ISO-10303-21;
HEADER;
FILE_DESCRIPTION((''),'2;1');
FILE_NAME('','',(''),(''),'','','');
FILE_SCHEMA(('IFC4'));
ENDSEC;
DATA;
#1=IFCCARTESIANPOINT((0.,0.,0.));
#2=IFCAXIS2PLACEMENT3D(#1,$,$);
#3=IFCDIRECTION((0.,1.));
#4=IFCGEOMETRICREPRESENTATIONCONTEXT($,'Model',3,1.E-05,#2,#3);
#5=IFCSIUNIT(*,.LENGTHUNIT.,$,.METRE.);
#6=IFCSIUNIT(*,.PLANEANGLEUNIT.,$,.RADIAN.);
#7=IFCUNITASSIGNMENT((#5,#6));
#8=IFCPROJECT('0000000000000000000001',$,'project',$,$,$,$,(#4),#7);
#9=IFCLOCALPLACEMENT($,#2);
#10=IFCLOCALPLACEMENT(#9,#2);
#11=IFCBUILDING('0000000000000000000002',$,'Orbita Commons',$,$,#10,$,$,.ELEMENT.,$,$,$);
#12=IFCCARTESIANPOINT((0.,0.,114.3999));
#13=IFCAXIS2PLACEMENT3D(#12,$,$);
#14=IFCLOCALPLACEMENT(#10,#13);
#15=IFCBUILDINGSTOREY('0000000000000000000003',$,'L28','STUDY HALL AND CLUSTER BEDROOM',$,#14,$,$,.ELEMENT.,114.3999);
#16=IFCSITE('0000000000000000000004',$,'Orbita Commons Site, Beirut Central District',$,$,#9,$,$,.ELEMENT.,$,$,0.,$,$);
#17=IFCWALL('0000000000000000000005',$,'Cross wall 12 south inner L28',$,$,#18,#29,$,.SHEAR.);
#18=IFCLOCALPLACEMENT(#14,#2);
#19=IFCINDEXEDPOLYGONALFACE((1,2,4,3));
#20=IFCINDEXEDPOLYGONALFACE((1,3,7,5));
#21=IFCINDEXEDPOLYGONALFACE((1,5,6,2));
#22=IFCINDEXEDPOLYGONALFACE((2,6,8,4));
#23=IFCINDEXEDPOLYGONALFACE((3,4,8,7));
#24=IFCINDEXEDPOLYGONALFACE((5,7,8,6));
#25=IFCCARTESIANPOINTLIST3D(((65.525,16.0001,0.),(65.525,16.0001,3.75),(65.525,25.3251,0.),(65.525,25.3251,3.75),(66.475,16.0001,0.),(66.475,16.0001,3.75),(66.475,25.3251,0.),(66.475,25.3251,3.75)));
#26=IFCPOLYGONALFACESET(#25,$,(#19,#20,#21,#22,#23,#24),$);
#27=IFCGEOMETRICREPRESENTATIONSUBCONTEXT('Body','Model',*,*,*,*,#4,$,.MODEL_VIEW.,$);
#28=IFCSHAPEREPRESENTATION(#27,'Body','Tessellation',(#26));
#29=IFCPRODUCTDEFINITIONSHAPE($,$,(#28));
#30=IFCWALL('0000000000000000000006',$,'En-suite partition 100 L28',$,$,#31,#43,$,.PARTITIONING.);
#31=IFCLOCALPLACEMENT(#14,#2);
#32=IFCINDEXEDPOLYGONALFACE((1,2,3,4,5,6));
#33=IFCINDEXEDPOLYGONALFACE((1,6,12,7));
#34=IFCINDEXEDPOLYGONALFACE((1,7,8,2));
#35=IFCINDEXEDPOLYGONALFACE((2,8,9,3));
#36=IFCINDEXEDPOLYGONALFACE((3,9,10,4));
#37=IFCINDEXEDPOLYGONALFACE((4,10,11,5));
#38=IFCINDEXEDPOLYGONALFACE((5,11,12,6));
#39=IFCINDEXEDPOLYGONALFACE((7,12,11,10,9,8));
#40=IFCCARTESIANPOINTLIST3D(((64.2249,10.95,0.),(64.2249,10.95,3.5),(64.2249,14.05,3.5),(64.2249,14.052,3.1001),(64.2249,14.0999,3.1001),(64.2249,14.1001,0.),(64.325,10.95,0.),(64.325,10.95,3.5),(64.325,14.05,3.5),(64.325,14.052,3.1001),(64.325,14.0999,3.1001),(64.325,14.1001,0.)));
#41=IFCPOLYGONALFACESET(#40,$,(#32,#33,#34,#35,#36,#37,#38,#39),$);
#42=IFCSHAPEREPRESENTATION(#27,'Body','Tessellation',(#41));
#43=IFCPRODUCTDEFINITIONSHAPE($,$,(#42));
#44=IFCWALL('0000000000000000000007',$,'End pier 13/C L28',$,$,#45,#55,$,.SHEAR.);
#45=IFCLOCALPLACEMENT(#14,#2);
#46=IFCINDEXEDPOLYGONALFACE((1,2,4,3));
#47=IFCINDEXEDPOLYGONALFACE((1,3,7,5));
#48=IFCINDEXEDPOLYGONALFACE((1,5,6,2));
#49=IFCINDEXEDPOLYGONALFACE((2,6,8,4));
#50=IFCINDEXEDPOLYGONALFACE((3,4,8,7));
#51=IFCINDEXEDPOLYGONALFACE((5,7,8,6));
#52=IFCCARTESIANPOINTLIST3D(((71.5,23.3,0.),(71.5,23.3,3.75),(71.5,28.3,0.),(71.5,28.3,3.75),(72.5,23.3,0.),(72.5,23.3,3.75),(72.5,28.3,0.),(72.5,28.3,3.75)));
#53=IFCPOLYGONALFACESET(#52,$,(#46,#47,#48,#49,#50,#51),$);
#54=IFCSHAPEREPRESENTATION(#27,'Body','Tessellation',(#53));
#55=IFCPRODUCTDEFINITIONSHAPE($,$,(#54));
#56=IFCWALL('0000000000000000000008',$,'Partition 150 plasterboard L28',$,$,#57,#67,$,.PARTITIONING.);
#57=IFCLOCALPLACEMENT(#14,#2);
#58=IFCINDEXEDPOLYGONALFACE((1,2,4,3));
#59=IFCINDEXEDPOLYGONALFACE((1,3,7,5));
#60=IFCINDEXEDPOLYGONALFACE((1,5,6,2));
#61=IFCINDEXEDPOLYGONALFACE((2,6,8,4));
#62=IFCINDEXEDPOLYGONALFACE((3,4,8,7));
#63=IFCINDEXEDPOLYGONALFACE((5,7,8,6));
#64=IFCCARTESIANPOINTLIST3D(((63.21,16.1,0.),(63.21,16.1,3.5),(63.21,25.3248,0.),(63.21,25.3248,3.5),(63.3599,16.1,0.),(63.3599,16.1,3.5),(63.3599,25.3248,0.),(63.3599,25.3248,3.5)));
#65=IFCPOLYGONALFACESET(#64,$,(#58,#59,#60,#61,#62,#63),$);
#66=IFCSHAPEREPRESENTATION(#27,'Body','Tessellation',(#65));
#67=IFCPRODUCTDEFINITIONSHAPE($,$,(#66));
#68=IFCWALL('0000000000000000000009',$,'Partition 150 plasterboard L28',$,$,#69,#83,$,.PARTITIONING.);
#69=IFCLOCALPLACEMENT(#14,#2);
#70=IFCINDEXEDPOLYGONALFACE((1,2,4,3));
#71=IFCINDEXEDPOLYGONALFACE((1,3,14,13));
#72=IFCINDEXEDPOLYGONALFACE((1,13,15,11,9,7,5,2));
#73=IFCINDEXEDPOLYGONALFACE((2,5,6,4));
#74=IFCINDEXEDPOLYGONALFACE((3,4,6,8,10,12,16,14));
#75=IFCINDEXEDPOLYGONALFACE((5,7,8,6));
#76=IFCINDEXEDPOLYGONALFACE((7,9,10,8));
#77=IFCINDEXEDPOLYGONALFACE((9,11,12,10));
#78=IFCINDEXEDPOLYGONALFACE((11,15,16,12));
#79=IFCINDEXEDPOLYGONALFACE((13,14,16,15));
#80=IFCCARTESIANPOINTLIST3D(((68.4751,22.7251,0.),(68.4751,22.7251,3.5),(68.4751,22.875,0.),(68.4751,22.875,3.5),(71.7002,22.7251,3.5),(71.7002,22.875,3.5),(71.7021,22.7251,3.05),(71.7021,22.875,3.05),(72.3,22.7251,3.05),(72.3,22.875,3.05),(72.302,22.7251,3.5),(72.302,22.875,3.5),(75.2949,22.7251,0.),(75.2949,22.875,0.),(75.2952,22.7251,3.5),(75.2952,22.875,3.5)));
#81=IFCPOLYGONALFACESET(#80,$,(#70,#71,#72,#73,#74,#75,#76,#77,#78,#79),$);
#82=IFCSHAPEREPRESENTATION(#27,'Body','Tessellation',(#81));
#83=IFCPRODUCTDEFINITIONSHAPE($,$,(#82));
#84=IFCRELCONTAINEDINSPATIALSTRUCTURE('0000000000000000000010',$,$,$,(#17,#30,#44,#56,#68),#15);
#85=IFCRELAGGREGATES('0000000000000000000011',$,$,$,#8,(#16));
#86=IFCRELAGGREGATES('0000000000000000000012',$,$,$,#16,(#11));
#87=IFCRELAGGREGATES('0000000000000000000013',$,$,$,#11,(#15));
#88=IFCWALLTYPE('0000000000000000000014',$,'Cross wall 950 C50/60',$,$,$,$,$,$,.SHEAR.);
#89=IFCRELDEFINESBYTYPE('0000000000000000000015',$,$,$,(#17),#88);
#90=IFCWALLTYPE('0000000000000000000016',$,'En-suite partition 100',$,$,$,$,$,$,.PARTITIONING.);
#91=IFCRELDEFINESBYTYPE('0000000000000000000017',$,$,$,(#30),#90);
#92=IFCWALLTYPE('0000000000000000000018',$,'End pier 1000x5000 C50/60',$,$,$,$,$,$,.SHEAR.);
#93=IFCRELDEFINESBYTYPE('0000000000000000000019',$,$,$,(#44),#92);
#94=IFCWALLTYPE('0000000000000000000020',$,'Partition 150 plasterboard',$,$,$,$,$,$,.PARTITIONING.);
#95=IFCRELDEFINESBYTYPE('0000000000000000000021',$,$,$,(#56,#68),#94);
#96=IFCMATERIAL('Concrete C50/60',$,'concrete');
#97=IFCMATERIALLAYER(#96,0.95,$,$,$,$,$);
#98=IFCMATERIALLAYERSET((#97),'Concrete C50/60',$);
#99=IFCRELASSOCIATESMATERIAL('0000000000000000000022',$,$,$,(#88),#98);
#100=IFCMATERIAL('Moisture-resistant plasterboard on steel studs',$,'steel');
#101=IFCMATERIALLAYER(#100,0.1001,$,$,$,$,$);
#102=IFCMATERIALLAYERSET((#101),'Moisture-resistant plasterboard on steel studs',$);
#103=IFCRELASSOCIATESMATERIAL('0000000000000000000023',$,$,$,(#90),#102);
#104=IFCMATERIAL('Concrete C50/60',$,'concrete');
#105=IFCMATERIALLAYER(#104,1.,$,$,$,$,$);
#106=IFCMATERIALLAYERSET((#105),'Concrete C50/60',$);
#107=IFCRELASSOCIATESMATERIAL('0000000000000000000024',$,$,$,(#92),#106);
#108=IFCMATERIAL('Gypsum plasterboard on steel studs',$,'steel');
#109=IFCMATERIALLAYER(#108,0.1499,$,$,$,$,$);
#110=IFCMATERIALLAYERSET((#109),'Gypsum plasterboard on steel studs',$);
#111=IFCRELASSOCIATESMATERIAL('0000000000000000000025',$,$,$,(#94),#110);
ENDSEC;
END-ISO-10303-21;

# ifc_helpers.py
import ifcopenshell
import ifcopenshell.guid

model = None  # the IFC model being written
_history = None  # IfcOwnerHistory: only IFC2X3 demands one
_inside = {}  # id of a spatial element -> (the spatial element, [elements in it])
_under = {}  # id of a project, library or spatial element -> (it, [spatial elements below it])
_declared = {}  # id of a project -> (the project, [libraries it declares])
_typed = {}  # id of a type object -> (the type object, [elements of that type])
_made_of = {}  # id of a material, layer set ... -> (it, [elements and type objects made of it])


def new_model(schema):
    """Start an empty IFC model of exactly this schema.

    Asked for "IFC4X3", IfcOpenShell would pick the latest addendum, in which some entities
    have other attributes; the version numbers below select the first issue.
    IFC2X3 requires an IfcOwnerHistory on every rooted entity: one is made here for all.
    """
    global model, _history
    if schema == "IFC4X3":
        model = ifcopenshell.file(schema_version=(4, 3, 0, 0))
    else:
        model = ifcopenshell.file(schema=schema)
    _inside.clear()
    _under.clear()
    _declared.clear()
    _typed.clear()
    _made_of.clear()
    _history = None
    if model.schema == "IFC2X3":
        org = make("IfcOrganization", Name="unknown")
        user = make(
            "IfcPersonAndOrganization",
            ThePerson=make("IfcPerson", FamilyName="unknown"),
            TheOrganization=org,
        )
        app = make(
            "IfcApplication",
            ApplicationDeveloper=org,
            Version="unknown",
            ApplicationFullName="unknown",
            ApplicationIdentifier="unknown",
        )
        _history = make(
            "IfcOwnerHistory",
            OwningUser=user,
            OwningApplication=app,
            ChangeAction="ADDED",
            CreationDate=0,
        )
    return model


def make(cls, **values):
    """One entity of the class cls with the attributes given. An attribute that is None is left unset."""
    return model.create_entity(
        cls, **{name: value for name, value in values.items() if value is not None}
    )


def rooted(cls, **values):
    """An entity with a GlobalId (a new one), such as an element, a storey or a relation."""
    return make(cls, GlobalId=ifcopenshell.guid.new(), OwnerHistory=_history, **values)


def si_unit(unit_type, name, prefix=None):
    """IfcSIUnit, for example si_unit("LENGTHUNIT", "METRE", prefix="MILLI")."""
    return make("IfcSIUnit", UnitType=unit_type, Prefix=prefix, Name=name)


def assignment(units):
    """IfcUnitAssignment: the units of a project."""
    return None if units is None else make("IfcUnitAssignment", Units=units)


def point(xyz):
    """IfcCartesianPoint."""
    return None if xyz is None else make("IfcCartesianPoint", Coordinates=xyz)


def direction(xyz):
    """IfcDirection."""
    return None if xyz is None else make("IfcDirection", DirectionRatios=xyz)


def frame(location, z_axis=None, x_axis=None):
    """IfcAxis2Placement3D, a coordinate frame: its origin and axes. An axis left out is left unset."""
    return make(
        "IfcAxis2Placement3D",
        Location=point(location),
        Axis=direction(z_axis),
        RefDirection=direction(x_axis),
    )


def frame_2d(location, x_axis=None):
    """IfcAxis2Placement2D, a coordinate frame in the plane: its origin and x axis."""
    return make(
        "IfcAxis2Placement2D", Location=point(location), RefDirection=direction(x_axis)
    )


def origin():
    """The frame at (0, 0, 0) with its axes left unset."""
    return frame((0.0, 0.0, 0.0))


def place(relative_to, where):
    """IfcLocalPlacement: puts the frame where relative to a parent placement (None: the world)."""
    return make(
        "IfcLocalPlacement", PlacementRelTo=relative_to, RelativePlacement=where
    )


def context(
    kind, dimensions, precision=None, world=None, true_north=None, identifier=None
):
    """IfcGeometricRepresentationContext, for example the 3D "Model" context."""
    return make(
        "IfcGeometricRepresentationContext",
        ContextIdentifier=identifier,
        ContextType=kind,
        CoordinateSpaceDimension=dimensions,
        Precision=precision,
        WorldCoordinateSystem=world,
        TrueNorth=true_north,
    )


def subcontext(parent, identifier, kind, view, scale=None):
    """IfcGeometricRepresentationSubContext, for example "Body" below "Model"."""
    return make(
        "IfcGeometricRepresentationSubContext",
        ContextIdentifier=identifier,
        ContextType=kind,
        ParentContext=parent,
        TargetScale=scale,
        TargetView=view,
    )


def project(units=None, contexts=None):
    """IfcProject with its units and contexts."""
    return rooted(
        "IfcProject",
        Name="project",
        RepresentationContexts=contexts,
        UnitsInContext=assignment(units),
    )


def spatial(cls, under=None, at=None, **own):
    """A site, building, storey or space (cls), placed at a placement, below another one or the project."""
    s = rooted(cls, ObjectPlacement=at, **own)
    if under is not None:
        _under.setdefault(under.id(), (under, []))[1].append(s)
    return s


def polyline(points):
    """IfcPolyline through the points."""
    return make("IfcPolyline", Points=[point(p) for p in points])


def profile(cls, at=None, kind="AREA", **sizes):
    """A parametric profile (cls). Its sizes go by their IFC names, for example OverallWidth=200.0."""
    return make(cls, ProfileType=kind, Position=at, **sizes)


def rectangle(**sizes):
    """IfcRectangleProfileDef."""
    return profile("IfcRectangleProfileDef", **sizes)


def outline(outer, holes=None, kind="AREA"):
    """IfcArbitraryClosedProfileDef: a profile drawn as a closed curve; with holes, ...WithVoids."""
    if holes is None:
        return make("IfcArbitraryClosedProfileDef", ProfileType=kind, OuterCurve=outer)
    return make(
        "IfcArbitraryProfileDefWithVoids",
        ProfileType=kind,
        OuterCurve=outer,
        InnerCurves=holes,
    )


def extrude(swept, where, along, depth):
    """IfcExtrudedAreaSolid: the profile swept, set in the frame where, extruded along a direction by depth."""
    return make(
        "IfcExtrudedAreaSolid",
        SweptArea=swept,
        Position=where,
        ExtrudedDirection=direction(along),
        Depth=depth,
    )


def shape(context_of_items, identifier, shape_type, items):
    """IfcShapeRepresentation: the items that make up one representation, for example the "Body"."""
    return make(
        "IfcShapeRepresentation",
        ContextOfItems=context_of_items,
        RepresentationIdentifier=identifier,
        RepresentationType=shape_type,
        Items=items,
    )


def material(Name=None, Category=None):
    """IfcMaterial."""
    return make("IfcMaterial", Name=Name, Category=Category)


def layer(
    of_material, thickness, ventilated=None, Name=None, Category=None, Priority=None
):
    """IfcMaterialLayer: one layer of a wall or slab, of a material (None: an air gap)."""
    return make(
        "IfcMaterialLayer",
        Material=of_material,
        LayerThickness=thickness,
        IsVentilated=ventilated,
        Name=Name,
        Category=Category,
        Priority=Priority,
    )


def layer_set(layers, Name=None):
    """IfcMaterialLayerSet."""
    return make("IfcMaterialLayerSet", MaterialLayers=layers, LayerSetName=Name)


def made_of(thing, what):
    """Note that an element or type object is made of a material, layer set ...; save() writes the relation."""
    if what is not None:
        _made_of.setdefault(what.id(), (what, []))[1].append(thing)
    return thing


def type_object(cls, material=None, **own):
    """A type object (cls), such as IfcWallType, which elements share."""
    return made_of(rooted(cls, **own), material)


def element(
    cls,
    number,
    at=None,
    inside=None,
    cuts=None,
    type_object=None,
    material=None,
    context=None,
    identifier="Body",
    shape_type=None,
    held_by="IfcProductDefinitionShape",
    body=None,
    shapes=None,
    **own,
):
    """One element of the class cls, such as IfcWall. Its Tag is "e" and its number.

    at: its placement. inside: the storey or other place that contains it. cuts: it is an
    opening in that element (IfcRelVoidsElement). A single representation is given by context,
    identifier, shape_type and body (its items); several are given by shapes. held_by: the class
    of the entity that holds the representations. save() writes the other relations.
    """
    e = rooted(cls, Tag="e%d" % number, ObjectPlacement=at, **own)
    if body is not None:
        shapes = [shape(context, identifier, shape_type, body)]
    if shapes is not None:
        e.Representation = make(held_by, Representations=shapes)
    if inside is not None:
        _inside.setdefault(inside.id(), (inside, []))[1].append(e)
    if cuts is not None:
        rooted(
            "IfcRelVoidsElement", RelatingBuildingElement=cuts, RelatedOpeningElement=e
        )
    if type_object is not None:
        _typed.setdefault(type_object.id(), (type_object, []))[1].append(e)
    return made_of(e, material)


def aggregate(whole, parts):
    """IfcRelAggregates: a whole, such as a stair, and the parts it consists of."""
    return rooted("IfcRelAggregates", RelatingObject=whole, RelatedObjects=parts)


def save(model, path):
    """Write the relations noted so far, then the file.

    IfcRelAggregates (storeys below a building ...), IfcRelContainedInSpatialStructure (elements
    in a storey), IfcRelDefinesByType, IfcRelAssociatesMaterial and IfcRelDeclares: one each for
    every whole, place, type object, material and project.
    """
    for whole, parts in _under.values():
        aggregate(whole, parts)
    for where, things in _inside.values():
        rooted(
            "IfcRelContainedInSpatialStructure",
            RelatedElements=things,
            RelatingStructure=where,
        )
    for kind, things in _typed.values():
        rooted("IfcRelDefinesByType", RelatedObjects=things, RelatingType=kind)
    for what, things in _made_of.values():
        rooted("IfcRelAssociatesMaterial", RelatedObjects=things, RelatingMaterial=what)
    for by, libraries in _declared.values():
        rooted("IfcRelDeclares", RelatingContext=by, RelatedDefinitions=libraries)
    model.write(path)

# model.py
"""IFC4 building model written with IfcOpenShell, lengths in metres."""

from ifc_helpers import new_model, si_unit, direction, frame, frame_2d, origin, place, context, subcontext, project, spatial, polyline, rectangle, outline, extrude, material, layer, layer_set, type_object, element, save


model = new_model("IFC4")

# Units and contexts
model_context = context("Model", 3, precision=1e-05, world=origin(), true_north=direction((0.0, 1.0)))
body_context = subcontext(model_context, "Body", "Model", "MODEL_VIEW")
ifc_project = project(units=[si_unit("LENGTHUNIT", "METRE"), si_unit("PLANEANGLEUNIT", "RADIAN")], contexts=[model_context])

# Site, building, storey
site_placement = place(None, origin())
site = spatial("IfcSite", under=ifc_project, at=site_placement, Name="Orbita Commons Site, Beirut Central District", CompositionType="ELEMENT", RefElevation=0.0)
building_placement = place(site_placement, origin())
building = spatial("IfcBuilding", under=site, at=building_placement, Name="Orbita Commons", CompositionType="ELEMENT")
storey_placement = place(building_placement, frame((0.0, 0.0, 114.3999)))
storey = spatial("IfcBuildingStorey", under=building, at=storey_placement, Name="L28", Description="STUDY HALL AND CLUSTER BEDROOM", CompositionType="ELEMENT", Elevation=114.3999)

# Walls
ifc_material_1 = material(Name="Concrete C50/60", Category="concrete")
ifc_layer_1 = layer(ifc_material_1, 0.95)
ifc_layer_set_1 = layer_set([ifc_layer_1], Name="Concrete C50/60")
wall_type_1 = type_object("IfcWallType", Name="Cross wall 950 C50/60", PredefinedType="SHEAR", material=ifc_layer_set_1)
wall_1_placement = place(storey_placement, frame((66.0, 16.0, 0.0), z_axis=(0.0, 0.0, 1.0), x_axis=(0.0, 1.0, 0.0)))
element("IfcWall", 1, at=wall_1_placement, inside=storey, type_object=wall_type_1, Name="Cross wall 12 south inner L28", PredefinedType="SHEAR", context=body_context, shape_type="SweptSolid", body=[
    extrude(rectangle(XDim=9.325, YDim=0.95, at=frame_2d((4.6626, 0.0))), origin(), (0.0, 0.0, 1.0), 3.75),
])
ifc_material_2 = material(Name="Moisture-resistant plasterboard on steel studs", Category="steel")
ifc_layer_2 = layer(ifc_material_2, 0.1001)
ifc_layer_set_2 = layer_set([ifc_layer_2], Name="Moisture-resistant plasterboard on steel studs")
wall_type_2 = type_object("IfcWallType", Name="En-suite partition 100", PredefinedType="PARTITIONING", material=ifc_layer_set_2)
wall_2_placement = place(storey_placement, frame((64.2749, 10.95, 0.0), z_axis=(0.0, 0.0, 1.0), x_axis=(0.0, 1.0, 0.0)))
element("IfcWall", 2, at=wall_2_placement, inside=storey, type_object=wall_type_2, Name="En-suite partition 100 L28", PredefinedType="PARTITIONING", context=body_context, shape_type="SweptSolid", body=[
    extrude(outline(polyline([(0.0, 0.0), (3.1501, 0.0), (3.1499, 3.1001), (3.1021, 3.1001), (3.1001, 3.5), (0.0, 3.5), (0.0, 0.0)])), frame((0.0, 0.05, 0.0), z_axis=(0.0, -1.0, 0.0), x_axis=(1.0, 0.0, 0.0)), (0.0, 0.0, 1.0), 0.1001),
])
ifc_material_3 = material(Name="Concrete C50/60", Category="concrete")
ifc_layer_3 = layer(ifc_material_3, 1.0)
ifc_layer_set_3 = layer_set([ifc_layer_3], Name="Concrete C50/60")
wall_type_3 = type_object("IfcWallType", Name="End pier 1000x5000 C50/60", PredefinedType="SHEAR", material=ifc_layer_set_3)
wall_3_placement = place(storey_placement, frame((72.0, 23.3, 0.0), z_axis=(0.0, 0.0, 1.0), x_axis=(0.0, 1.0, 0.0)))
element("IfcWall", 3, at=wall_3_placement, inside=storey, type_object=wall_type_3, Name="End pier 13/C L28", PredefinedType="SHEAR", context=body_context, shape_type="SweptSolid", body=[
    extrude(rectangle(XDim=5.0, YDim=1.0, at=frame_2d((2.5, 0.0))), origin(), (0.0, 0.0, 1.0), 3.75),
])
ifc_material_4 = material(Name="Gypsum plasterboard on steel studs", Category="steel")
ifc_layer_4 = layer(ifc_material_4, 0.1499)
ifc_layer_set_4 = layer_set([ifc_layer_4], Name="Gypsum plasterboard on steel studs")
wall_type_4 = type_object("IfcWallType", Name="Partition 150 plasterboard", PredefinedType="PARTITIONING", material=ifc_layer_set_4)
wall_4_placement = place(storey_placement, frame((63.2849, 16.1001, 0.0), z_axis=(0.0, 0.0, 1.0), x_axis=(0.0, 1.0, 0.0)))
element("IfcWall", 4, at=wall_4_placement, inside=storey, type_object=wall_type_4, Name="Partition 150 plasterboard L28", PredefinedType="PARTITIONING", context=body_context, shape_type="SweptSolid", body=[
    extrude(rectangle(XDim=9.2249, YDim=0.1499, at=frame_2d((4.6123, 0.0))), origin(), (0.0, 0.0, 1.0), 3.5),
])
wall_5_placement = place(storey_placement, frame((68.4751, 22.8, 0.0), z_axis=(0.0, 0.0, 1.0), x_axis=(1.0, 0.0, 0.0)))
element("IfcWall", 5, at=wall_5_placement, inside=storey, type_object=wall_type_4, Name="Partition 150 plasterboard L28", PredefinedType="PARTITIONING", context=body_context, shape_type="SweptSolid", body=[
    extrude(outline(polyline([(0.0, 0.0), (6.8198, 0.0), (6.8201, 3.5), (3.8269, 3.5), (3.825, 3.05), (3.2271, 3.05), (3.2251, 3.5), (0.0, 3.5), (0.0, 0.0)])), frame((0.0, 0.075, 0.0), z_axis=(0.0, -1.0, 0.0), x_axis=(1.0, 0.0, 0.0)), (0.0, 0.0, 1.0), 0.1499),
])

save(model, "model.ifc")
